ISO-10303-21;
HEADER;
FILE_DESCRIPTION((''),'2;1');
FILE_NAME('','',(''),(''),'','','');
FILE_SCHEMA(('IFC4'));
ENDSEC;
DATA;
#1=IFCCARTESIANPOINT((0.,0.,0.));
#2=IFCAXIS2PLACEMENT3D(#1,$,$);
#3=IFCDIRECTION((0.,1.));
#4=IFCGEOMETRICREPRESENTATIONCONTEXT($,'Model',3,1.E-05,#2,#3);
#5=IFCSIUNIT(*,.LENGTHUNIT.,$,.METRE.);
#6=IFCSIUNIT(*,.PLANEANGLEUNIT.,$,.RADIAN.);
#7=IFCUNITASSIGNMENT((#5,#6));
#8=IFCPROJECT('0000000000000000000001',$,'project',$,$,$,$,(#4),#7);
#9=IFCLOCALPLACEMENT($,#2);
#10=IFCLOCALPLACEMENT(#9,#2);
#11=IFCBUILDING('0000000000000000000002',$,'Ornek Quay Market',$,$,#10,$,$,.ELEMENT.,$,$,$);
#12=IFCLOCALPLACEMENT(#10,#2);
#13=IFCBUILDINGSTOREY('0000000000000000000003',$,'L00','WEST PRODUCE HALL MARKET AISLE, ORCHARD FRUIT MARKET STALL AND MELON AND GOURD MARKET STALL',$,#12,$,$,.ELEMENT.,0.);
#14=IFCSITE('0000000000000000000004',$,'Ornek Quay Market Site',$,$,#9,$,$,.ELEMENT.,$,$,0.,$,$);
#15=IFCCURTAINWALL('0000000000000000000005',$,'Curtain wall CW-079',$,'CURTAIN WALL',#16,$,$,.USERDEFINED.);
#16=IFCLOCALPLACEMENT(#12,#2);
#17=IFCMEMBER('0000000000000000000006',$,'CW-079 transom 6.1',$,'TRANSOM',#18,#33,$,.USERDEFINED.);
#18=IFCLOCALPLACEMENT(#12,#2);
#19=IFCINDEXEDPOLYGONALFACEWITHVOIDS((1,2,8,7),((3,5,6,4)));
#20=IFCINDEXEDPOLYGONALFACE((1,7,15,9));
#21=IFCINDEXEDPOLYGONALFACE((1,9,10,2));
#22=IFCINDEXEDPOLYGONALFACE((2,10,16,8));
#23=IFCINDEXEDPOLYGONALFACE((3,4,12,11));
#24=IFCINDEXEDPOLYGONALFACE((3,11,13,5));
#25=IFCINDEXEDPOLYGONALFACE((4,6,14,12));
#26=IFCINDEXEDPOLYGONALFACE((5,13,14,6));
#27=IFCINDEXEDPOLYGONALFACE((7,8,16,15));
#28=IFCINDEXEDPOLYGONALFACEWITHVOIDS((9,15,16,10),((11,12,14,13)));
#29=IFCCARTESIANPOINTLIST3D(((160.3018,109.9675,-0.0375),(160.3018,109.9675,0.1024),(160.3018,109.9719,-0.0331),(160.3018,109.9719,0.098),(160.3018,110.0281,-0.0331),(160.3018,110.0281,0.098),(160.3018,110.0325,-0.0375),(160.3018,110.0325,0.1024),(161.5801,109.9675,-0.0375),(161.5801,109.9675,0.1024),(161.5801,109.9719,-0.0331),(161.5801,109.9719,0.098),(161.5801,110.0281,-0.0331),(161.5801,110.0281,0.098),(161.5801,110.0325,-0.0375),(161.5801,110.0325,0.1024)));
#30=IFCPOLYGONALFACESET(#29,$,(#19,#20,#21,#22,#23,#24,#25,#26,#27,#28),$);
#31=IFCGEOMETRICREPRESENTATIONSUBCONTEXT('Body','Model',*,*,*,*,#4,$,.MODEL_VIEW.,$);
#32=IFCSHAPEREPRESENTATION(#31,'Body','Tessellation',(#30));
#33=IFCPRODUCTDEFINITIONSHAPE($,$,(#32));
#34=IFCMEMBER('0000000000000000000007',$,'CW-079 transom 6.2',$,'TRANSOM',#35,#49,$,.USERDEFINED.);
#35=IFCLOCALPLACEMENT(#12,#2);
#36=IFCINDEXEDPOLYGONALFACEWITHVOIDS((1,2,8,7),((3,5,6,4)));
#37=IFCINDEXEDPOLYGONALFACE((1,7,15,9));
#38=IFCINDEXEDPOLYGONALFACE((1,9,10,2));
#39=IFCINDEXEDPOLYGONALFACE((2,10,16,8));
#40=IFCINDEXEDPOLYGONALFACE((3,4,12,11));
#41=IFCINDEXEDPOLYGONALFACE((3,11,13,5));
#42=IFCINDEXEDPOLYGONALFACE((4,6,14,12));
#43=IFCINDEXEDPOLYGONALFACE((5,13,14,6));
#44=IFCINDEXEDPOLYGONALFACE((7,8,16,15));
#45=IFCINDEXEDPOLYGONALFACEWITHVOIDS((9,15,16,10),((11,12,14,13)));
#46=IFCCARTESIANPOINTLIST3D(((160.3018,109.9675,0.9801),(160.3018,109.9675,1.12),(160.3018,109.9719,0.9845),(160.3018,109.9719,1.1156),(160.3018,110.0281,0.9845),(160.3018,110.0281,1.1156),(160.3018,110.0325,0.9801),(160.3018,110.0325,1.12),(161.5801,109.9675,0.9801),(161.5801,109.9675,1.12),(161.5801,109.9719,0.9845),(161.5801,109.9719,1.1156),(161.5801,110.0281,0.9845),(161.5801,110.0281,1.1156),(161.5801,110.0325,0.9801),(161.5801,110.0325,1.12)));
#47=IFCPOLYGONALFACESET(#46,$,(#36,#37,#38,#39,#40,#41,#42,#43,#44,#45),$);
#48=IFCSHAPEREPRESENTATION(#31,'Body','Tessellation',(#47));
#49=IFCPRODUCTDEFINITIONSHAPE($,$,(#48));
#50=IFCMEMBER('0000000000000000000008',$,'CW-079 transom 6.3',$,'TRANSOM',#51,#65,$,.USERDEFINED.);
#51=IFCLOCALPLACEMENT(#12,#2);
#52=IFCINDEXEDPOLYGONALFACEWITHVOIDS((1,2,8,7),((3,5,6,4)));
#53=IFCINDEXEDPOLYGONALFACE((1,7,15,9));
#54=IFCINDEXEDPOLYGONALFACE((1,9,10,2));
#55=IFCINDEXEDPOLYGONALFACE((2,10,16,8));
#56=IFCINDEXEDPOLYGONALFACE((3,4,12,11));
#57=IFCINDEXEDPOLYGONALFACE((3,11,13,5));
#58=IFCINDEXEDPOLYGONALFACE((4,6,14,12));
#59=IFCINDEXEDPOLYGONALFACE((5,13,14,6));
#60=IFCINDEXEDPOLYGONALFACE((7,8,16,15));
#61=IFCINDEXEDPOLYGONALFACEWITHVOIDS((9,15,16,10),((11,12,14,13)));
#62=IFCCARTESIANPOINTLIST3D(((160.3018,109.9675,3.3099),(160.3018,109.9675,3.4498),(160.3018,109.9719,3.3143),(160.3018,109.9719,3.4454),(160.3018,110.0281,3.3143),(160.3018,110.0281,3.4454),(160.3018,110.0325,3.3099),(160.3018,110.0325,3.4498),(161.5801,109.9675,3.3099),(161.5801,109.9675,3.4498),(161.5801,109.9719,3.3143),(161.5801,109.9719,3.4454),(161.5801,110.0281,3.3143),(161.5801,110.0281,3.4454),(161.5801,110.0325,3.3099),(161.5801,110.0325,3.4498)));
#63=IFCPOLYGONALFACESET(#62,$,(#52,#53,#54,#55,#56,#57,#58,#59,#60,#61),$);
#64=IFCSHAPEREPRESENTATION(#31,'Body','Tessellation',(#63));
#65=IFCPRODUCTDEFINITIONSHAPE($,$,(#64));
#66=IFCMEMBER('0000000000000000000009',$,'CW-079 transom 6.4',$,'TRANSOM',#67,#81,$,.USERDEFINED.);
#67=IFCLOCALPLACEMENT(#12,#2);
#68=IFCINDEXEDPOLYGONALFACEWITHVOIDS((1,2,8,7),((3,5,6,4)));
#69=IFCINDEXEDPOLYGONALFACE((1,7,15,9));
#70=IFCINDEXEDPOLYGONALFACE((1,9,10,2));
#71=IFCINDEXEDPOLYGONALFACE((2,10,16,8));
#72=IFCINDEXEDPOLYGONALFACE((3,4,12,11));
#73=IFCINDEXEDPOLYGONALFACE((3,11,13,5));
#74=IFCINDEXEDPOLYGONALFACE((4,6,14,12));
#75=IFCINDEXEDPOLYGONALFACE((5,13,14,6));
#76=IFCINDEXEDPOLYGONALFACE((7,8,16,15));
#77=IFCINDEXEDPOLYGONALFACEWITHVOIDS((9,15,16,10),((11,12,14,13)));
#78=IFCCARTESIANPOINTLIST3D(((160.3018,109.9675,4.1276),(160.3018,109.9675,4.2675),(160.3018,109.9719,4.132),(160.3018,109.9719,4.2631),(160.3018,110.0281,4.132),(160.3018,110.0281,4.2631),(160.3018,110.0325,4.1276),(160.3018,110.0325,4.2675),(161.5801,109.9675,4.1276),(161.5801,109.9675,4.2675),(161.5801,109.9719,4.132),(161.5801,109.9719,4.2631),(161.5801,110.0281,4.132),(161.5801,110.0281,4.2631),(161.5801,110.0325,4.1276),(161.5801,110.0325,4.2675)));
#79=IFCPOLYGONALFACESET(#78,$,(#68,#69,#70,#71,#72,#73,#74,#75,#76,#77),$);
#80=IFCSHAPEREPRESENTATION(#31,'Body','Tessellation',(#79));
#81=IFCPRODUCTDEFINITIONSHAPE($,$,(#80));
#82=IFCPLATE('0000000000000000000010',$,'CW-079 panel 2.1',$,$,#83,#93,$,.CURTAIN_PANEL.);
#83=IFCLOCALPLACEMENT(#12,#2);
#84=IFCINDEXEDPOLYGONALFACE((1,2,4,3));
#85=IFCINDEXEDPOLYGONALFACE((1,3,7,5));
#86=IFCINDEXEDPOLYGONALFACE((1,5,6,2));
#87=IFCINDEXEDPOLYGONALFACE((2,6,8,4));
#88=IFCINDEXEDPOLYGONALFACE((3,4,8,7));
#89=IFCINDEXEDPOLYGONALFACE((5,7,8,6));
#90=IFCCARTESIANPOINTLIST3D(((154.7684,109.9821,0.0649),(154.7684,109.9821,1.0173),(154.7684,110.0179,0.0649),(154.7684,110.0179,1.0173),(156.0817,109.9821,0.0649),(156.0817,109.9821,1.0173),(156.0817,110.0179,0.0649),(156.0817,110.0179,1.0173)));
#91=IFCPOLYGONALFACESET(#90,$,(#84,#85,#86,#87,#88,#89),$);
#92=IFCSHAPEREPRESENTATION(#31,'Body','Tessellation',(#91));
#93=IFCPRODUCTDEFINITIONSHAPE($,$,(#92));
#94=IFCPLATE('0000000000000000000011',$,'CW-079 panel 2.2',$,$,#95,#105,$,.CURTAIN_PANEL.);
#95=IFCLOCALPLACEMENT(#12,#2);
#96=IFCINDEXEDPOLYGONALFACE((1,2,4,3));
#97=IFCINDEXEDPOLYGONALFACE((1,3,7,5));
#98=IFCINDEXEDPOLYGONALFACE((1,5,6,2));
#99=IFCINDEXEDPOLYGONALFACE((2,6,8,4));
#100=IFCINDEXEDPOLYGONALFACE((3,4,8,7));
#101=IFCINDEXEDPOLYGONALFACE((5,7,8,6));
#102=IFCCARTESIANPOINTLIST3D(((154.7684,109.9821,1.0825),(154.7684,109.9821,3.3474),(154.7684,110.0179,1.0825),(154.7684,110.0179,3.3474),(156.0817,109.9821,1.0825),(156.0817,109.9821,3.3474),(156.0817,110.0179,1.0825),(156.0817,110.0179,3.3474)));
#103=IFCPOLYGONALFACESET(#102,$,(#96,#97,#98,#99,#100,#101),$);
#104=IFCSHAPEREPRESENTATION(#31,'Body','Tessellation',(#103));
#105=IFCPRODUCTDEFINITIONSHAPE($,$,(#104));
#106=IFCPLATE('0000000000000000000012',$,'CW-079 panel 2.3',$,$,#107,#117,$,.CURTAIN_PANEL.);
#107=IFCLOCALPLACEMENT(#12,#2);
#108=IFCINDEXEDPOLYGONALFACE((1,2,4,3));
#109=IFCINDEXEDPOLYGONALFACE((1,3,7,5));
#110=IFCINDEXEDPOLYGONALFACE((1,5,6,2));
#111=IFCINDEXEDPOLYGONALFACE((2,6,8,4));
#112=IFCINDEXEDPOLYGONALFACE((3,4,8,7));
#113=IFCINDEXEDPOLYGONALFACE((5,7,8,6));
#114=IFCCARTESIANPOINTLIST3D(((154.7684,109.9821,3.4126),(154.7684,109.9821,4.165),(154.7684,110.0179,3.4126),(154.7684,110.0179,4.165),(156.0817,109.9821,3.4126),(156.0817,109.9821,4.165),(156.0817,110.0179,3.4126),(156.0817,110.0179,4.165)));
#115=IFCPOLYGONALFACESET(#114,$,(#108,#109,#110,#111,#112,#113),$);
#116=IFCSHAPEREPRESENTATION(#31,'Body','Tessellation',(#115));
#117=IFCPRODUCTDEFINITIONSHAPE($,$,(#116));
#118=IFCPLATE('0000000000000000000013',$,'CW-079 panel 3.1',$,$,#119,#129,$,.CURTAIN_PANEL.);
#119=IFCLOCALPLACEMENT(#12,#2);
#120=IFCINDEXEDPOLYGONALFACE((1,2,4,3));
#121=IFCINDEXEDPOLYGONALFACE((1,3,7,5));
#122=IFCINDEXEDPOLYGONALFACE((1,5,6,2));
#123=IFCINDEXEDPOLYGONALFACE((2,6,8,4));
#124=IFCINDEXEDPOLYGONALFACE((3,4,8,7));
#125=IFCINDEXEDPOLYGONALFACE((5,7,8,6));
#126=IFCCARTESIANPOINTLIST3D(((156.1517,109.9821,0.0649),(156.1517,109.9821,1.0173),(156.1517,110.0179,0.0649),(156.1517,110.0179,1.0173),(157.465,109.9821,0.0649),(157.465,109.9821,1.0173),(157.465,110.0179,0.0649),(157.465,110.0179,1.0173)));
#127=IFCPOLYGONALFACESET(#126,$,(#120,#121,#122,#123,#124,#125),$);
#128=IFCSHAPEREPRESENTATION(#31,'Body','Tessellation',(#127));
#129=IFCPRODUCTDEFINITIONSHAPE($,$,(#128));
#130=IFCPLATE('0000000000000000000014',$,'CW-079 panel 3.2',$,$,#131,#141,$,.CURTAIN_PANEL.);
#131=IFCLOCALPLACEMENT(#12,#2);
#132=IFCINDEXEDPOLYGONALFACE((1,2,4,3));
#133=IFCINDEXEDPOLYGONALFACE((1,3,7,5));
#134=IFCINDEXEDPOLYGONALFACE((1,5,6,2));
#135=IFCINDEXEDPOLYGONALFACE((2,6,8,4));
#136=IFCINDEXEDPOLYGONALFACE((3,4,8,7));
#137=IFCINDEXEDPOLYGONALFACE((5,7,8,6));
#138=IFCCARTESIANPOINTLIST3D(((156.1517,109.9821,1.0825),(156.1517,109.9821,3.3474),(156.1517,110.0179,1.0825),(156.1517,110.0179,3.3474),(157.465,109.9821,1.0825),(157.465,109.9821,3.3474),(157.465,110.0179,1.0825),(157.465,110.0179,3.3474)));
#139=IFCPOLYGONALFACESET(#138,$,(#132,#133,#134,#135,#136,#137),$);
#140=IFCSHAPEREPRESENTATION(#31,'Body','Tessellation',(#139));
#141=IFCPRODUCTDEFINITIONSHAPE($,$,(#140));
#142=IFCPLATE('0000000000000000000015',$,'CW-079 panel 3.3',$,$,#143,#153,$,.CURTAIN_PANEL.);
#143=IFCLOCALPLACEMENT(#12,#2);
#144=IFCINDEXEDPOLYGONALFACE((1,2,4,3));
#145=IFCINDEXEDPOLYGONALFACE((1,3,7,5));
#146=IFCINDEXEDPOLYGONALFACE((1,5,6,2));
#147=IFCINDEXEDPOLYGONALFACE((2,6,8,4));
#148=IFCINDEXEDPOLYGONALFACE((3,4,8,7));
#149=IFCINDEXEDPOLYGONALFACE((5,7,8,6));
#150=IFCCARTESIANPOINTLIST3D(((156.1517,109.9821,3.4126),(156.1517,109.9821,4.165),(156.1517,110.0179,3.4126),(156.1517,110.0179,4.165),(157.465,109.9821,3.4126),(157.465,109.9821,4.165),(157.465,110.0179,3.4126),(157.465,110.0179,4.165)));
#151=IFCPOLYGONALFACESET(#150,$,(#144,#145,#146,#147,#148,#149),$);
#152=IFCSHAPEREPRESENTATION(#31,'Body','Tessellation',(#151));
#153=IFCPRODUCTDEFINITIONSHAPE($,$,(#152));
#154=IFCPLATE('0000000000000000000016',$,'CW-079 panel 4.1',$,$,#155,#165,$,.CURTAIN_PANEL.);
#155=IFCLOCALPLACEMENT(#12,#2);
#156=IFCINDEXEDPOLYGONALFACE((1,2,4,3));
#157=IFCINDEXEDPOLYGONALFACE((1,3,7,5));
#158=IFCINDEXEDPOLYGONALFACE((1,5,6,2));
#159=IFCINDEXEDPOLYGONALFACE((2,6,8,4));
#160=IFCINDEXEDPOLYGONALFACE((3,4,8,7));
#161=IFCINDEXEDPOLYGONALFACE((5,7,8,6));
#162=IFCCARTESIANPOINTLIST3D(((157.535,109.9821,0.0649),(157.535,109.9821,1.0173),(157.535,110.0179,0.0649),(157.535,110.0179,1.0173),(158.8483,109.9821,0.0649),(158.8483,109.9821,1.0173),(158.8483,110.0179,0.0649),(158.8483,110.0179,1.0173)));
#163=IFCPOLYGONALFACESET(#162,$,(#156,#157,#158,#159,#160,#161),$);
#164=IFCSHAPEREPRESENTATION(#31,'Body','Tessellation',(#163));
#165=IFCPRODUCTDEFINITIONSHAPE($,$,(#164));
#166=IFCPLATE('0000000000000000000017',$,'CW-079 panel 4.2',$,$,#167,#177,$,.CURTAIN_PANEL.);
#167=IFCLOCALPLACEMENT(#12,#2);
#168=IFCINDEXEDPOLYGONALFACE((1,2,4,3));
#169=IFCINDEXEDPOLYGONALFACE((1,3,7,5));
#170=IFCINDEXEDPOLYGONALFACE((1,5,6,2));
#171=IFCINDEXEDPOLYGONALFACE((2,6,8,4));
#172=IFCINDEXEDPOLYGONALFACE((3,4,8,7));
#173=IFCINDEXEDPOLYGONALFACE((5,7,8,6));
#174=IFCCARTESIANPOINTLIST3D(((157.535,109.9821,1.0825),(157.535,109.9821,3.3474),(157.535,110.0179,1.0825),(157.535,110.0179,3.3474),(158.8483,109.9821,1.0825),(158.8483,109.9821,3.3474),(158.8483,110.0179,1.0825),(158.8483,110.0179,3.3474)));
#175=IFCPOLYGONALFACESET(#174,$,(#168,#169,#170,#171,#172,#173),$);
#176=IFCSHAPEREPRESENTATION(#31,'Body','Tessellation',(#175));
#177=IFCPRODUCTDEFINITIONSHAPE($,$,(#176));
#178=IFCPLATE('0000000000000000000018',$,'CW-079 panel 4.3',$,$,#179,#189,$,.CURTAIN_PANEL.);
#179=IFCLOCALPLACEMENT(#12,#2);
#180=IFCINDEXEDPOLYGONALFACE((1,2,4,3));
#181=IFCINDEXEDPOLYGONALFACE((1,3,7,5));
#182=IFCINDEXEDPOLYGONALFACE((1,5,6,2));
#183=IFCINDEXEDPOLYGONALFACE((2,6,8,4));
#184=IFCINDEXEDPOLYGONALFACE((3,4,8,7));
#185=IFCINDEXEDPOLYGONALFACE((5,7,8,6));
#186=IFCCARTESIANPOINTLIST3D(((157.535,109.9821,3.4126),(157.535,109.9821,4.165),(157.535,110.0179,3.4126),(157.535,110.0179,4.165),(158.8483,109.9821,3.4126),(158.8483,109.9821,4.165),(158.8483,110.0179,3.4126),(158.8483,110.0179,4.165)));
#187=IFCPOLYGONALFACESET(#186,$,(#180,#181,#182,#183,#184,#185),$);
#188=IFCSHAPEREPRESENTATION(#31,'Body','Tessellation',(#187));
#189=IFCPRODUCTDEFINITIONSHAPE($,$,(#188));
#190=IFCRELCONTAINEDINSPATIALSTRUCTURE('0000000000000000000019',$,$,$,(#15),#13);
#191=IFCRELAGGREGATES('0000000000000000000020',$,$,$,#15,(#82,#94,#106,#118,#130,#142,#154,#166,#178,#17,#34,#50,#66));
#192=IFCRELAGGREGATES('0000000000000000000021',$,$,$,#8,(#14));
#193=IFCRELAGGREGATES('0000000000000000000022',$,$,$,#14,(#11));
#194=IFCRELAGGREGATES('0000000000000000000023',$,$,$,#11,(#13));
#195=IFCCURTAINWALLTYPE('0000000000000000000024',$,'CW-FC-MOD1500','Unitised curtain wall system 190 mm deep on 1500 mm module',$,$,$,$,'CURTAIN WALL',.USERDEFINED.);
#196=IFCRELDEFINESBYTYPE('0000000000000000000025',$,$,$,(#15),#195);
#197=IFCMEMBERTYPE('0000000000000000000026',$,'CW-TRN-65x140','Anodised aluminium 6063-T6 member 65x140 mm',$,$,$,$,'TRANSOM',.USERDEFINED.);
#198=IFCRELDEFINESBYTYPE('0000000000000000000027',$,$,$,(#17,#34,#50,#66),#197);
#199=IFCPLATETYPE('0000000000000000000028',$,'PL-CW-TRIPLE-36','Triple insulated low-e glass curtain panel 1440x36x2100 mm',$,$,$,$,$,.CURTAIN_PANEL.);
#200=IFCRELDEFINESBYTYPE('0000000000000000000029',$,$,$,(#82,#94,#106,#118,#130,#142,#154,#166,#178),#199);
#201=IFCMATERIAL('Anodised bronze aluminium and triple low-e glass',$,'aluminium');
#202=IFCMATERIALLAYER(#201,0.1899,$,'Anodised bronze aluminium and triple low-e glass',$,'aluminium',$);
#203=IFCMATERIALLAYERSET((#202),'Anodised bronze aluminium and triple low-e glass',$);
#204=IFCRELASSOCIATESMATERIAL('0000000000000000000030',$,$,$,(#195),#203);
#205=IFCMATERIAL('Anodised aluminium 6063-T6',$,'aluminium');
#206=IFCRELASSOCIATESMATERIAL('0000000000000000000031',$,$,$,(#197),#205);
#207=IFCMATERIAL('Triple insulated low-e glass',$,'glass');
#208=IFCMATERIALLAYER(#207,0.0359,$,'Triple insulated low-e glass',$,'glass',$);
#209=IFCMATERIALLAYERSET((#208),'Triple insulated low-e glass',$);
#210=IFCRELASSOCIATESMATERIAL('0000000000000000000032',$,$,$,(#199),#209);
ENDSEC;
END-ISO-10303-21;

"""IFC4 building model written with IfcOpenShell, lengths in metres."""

from ifc_helpers import new_model, si_unit, direction, frame, origin, origin_2d, place, context, subcontext, project, spatial, rectangle, hollow_rectangle, extrude, material, layer, layer_set, material_profile, profile_set, type_object, element, aggregate, save


model = new_model("IFC4")

# Units and contexts
model_context = context("Model", 3, precision=1e-05, world=origin(), true_north=direction((0.0, 1.0)))
body_context = subcontext(model_context, "Body", "Model", "MODEL_VIEW")
ifc_project = project(units=[si_unit("LENGTHUNIT", "METRE"), si_unit("PLANEANGLEUNIT", "RADIAN")], contexts=[model_context])

# Site, building, storey
site_placement = place(None, origin())
site = spatial("IfcSite", under=ifc_project, at=site_placement, Name="Ornek Quay Market Site", CompositionType="ELEMENT", RefElevation=0.0)
building_placement = place(site_placement, origin())
building = spatial("IfcBuilding", under=site, at=building_placement, Name="Ornek Quay Market", CompositionType="ELEMENT")
storey_placement = place(building_placement, origin())
storey = spatial("IfcBuildingStorey", under=building, at=storey_placement, Name="L00", Description="WEST PRODUCE HALL MARKET AISLE, ORCHARD FRUIT MARKET STALL AND MELON AND GOURD MARKET STALL", CompositionType="ELEMENT", Elevation=0.0)

# Curtain wall, members, plates
ifc_material_1 = material(Name="Anodised bronze aluminium and triple low-e glass", Category="aluminium")
ifc_layer_1 = layer(ifc_material_1, 0.1899, Name="Anodised bronze aluminium and triple low-e glass", Category="aluminium")
ifc_layer_set_1 = layer_set([ifc_layer_1], Name="Anodised bronze aluminium and triple low-e glass")
curtain_wall_type = type_object("IfcCurtainWallType", Name="CW-FC-MOD1500", Description="Unitised curtain wall system 190 mm deep on 1500 mm module", ElementType="CURTAIN WALL", PredefinedType="USERDEFINED", material=ifc_layer_set_1)
curtain_wall_placement = place(storey_placement, origin())
curtain_wall = element("IfcCurtainWall", 1, at=curtain_wall_placement, inside=storey, type_object=curtain_wall_type, Name="Curtain wall CW-079", ObjectType="CURTAIN WALL", PredefinedType="USERDEFINED")
ifc_material_2 = material(Name="Anodised aluminium 6063-T6", Category="aluminium")
ifc_material_profile_1 = material_profile(ifc_material_2, hollow_rectangle(XDim=0.0649, YDim=0.1399, WallThickness=0.0044, at=origin_2d()), Name="CW-TRN-65x140", Category="aluminium")
ifc_profile_set_1 = profile_set([ifc_material_profile_1], Name="Anodised aluminium 6063-T6")
member_type_1 = type_object("IfcMemberType", Name="CW-TRN-65x140", Description="Anodised aluminium 6063-T6 member 65x140 mm", ElementType="TRANSOM", PredefinedType="USERDEFINED", material=ifc_profile_set_1)
member_1_placement = place(storey_placement, frame((160.3018, 110.0, 0.0325), z_axis=(1.0, 0.0, 0.0), x_axis=(0.0, 1.0, 0.0)))
member_1 = element("IfcMember", 2, at=member_1_placement, type_object=member_type_1, Name="CW-079 transom 6.1", ObjectType="TRANSOM", PredefinedType="USERDEFINED", context=body_context, shape_type="SweptSolid", body=[
    extrude(hollow_rectangle(XDim=0.0649, YDim=0.1399, WallThickness=0.0044, at=origin_2d()), origin(), (0.0, 0.0, 1.0), 1.2783),
])
member_2_placement = place(storey_placement, frame((160.3018, 110.0, 1.05), z_axis=(1.0, 0.0, 0.0), x_axis=(0.0, 1.0, 0.0)))
member_2 = element("IfcMember", 3, at=member_2_placement, type_object=member_type_1, Name="CW-079 transom 6.2", ObjectType="TRANSOM", PredefinedType="USERDEFINED", context=body_context, shape_type="SweptSolid", body=[
    extrude(hollow_rectangle(XDim=0.0649, YDim=0.1399, WallThickness=0.0044, at=origin_2d()), origin(), (0.0, 0.0, 1.0), 1.2783),
])
member_3_placement = place(storey_placement, frame((160.3018, 110.0, 3.3799), z_axis=(1.0, 0.0, 0.0), x_axis=(0.0, 1.0, 0.0)))
member_3 = element("IfcMember", 4, at=member_3_placement, type_object=member_type_1, Name="CW-079 transom 6.3", ObjectType="TRANSOM", PredefinedType="USERDEFINED", context=body_context, shape_type="SweptSolid", body=[
    extrude(hollow_rectangle(XDim=0.0649, YDim=0.1399, WallThickness=0.0044, at=origin_2d()), origin(), (0.0, 0.0, 1.0), 1.2783),
])
member_4_placement = place(storey_placement, frame((160.3018, 110.0, 4.1975), z_axis=(1.0, 0.0, 0.0), x_axis=(0.0, 1.0, 0.0)))
member_4 = element("IfcMember", 5, at=member_4_placement, type_object=member_type_1, Name="CW-079 transom 6.4", ObjectType="TRANSOM", PredefinedType="USERDEFINED", context=body_context, shape_type="SweptSolid", body=[
    extrude(hollow_rectangle(XDim=0.0649, YDim=0.1399, WallThickness=0.0044, at=origin_2d()), origin(), (0.0, 0.0, 1.0), 1.2783),
])
ifc_material_3 = material(Name="Triple insulated low-e glass", Category="glass")
ifc_layer_2 = layer(ifc_material_3, 0.0359, Name="Triple insulated low-e glass", Category="glass")
ifc_layer_set_2 = layer_set([ifc_layer_2], Name="Triple insulated low-e glass")
plate_type = type_object("IfcPlateType", Name="PL-CW-TRIPLE-36", Description="Triple insulated low-e glass curtain panel 1440x36x2100 mm", PredefinedType="CURTAIN_PANEL", material=ifc_layer_set_2)
plate_1_placement = place(storey_placement, frame((155.425, 110.0, 0.0649), z_axis=(0.0, 0.0, 1.0), x_axis=(1.0, 0.0, 0.0)))
plate_1 = element("IfcPlate", 6, at=plate_1_placement, type_object=plate_type, Name="CW-079 panel 2.1", PredefinedType="CURTAIN_PANEL", context=body_context, shape_type="SweptSolid", body=[
    extrude(rectangle(XDim=1.3132, YDim=0.0359, at=origin_2d()), origin(), (0.0, 0.0, 1.0), 0.9524),
])
plate_2_placement = place(storey_placement, frame((155.425, 110.0, 1.0825), z_axis=(0.0, 0.0, 1.0), x_axis=(1.0, 0.0, 0.0)))
plate_2 = element("IfcPlate", 7, at=plate_2_placement, type_object=plate_type, Name="CW-079 panel 2.2", PredefinedType="CURTAIN_PANEL", context=body_context, shape_type="SweptSolid", body=[
    extrude(rectangle(XDim=1.3132, YDim=0.0359, at=origin_2d()), origin(), (0.0, 0.0, 1.0), 2.2649),
])
plate_3_placement = place(storey_placement, frame((155.425, 110.0, 3.4126), z_axis=(0.0, 0.0, 1.0), x_axis=(1.0, 0.0, 0.0)))
plate_3 = element("IfcPlate", 8, at=plate_3_placement, type_object=plate_type, Name="CW-079 panel 2.3", PredefinedType="CURTAIN_PANEL", context=body_context, shape_type="SweptSolid", body=[
    extrude(rectangle(XDim=1.3132, YDim=0.0359, at=origin_2d()), origin(), (0.0, 0.0, 1.0), 0.7524),
])
plate_4_placement = place(storey_placement, frame((156.8083, 110.0, 0.0649), z_axis=(0.0, 0.0, 1.0), x_axis=(1.0, 0.0, 0.0)))
plate_4 = element("IfcPlate", 9, at=plate_4_placement, type_object=plate_type, Name="CW-079 panel 3.1", PredefinedType="CURTAIN_PANEL", context=body_context, shape_type="SweptSolid", body=[
    extrude(rectangle(XDim=1.3132, YDim=0.0359, at=origin_2d()), origin(), (0.0, 0.0, 1.0), 0.9524),
])
plate_5_placement = place(storey_placement, frame((156.8083, 110.0, 1.0825), z_axis=(0.0, 0.0, 1.0), x_axis=(1.0, 0.0, 0.0)))
plate_5 = element("IfcPlate", 10, at=plate_5_placement, type_object=plate_type, Name="CW-079 panel 3.2", PredefinedType="CURTAIN_PANEL", context=body_context, shape_type="SweptSolid", body=[
    extrude(rectangle(XDim=1.3132, YDim=0.0359, at=origin_2d()), origin(), (0.0, 0.0, 1.0), 2.2649),
])
plate_6_placement = place(storey_placement, frame((156.8083, 110.0, 3.4126), z_axis=(0.0, 0.0, 1.0), x_axis=(1.0, 0.0, 0.0)))
plate_6 = element("IfcPlate", 11, at=plate_6_placement, type_object=plate_type, Name="CW-079 panel 3.3", PredefinedType="CURTAIN_PANEL", context=body_context, shape_type="SweptSolid", body=[
    extrude(rectangle(XDim=1.3132, YDim=0.0359, at=origin_2d()), origin(), (0.0, 0.0, 1.0), 0.7524),
])
plate_7_placement = place(storey_placement, frame((158.1917, 110.0, 0.0649), z_axis=(0.0, 0.0, 1.0), x_axis=(1.0, 0.0, 0.0)))
plate_7 = element("IfcPlate", 12, at=plate_7_placement, type_object=plate_type, Name="CW-079 panel 4.1", PredefinedType="CURTAIN_PANEL", context=body_context, shape_type="SweptSolid", body=[
    extrude(rectangle(XDim=1.3132, YDim=0.0359, at=origin_2d()), origin(), (0.0, 0.0, 1.0), 0.9524),
])
plate_8_placement = place(storey_placement, frame((158.1917, 110.0, 1.0825), z_axis=(0.0, 0.0, 1.0), x_axis=(1.0, 0.0, 0.0)))
plate_8 = element("IfcPlate", 13, at=plate_8_placement, type_object=plate_type, Name="CW-079 panel 4.2", PredefinedType="CURTAIN_PANEL", context=body_context, shape_type="SweptSolid", body=[
    extrude(rectangle(XDim=1.3132, YDim=0.0359, at=origin_2d()), origin(), (0.0, 0.0, 1.0), 2.2649),
])
plate_9_placement = place(storey_placement, frame((158.1917, 110.0, 3.4126), z_axis=(0.0, 0.0, 1.0), x_axis=(1.0, 0.0, 0.0)))
plate_9 = element("IfcPlate", 14, at=plate_9_placement, type_object=plate_type, Name="CW-079 panel 4.3", PredefinedType="CURTAIN_PANEL", context=body_context, shape_type="SweptSolid", body=[
    extrude(rectangle(XDim=1.3132, YDim=0.0359, at=origin_2d()), origin(), (0.0, 0.0, 1.0), 0.7524),
])
aggregate(curtain_wall, [plate_1, plate_2, plate_3, plate_4, plate_5, plate_6, plate_7, plate_8, plate_9, member_1, member_2, member_3, member_4])

save(model, "model.ifc")
